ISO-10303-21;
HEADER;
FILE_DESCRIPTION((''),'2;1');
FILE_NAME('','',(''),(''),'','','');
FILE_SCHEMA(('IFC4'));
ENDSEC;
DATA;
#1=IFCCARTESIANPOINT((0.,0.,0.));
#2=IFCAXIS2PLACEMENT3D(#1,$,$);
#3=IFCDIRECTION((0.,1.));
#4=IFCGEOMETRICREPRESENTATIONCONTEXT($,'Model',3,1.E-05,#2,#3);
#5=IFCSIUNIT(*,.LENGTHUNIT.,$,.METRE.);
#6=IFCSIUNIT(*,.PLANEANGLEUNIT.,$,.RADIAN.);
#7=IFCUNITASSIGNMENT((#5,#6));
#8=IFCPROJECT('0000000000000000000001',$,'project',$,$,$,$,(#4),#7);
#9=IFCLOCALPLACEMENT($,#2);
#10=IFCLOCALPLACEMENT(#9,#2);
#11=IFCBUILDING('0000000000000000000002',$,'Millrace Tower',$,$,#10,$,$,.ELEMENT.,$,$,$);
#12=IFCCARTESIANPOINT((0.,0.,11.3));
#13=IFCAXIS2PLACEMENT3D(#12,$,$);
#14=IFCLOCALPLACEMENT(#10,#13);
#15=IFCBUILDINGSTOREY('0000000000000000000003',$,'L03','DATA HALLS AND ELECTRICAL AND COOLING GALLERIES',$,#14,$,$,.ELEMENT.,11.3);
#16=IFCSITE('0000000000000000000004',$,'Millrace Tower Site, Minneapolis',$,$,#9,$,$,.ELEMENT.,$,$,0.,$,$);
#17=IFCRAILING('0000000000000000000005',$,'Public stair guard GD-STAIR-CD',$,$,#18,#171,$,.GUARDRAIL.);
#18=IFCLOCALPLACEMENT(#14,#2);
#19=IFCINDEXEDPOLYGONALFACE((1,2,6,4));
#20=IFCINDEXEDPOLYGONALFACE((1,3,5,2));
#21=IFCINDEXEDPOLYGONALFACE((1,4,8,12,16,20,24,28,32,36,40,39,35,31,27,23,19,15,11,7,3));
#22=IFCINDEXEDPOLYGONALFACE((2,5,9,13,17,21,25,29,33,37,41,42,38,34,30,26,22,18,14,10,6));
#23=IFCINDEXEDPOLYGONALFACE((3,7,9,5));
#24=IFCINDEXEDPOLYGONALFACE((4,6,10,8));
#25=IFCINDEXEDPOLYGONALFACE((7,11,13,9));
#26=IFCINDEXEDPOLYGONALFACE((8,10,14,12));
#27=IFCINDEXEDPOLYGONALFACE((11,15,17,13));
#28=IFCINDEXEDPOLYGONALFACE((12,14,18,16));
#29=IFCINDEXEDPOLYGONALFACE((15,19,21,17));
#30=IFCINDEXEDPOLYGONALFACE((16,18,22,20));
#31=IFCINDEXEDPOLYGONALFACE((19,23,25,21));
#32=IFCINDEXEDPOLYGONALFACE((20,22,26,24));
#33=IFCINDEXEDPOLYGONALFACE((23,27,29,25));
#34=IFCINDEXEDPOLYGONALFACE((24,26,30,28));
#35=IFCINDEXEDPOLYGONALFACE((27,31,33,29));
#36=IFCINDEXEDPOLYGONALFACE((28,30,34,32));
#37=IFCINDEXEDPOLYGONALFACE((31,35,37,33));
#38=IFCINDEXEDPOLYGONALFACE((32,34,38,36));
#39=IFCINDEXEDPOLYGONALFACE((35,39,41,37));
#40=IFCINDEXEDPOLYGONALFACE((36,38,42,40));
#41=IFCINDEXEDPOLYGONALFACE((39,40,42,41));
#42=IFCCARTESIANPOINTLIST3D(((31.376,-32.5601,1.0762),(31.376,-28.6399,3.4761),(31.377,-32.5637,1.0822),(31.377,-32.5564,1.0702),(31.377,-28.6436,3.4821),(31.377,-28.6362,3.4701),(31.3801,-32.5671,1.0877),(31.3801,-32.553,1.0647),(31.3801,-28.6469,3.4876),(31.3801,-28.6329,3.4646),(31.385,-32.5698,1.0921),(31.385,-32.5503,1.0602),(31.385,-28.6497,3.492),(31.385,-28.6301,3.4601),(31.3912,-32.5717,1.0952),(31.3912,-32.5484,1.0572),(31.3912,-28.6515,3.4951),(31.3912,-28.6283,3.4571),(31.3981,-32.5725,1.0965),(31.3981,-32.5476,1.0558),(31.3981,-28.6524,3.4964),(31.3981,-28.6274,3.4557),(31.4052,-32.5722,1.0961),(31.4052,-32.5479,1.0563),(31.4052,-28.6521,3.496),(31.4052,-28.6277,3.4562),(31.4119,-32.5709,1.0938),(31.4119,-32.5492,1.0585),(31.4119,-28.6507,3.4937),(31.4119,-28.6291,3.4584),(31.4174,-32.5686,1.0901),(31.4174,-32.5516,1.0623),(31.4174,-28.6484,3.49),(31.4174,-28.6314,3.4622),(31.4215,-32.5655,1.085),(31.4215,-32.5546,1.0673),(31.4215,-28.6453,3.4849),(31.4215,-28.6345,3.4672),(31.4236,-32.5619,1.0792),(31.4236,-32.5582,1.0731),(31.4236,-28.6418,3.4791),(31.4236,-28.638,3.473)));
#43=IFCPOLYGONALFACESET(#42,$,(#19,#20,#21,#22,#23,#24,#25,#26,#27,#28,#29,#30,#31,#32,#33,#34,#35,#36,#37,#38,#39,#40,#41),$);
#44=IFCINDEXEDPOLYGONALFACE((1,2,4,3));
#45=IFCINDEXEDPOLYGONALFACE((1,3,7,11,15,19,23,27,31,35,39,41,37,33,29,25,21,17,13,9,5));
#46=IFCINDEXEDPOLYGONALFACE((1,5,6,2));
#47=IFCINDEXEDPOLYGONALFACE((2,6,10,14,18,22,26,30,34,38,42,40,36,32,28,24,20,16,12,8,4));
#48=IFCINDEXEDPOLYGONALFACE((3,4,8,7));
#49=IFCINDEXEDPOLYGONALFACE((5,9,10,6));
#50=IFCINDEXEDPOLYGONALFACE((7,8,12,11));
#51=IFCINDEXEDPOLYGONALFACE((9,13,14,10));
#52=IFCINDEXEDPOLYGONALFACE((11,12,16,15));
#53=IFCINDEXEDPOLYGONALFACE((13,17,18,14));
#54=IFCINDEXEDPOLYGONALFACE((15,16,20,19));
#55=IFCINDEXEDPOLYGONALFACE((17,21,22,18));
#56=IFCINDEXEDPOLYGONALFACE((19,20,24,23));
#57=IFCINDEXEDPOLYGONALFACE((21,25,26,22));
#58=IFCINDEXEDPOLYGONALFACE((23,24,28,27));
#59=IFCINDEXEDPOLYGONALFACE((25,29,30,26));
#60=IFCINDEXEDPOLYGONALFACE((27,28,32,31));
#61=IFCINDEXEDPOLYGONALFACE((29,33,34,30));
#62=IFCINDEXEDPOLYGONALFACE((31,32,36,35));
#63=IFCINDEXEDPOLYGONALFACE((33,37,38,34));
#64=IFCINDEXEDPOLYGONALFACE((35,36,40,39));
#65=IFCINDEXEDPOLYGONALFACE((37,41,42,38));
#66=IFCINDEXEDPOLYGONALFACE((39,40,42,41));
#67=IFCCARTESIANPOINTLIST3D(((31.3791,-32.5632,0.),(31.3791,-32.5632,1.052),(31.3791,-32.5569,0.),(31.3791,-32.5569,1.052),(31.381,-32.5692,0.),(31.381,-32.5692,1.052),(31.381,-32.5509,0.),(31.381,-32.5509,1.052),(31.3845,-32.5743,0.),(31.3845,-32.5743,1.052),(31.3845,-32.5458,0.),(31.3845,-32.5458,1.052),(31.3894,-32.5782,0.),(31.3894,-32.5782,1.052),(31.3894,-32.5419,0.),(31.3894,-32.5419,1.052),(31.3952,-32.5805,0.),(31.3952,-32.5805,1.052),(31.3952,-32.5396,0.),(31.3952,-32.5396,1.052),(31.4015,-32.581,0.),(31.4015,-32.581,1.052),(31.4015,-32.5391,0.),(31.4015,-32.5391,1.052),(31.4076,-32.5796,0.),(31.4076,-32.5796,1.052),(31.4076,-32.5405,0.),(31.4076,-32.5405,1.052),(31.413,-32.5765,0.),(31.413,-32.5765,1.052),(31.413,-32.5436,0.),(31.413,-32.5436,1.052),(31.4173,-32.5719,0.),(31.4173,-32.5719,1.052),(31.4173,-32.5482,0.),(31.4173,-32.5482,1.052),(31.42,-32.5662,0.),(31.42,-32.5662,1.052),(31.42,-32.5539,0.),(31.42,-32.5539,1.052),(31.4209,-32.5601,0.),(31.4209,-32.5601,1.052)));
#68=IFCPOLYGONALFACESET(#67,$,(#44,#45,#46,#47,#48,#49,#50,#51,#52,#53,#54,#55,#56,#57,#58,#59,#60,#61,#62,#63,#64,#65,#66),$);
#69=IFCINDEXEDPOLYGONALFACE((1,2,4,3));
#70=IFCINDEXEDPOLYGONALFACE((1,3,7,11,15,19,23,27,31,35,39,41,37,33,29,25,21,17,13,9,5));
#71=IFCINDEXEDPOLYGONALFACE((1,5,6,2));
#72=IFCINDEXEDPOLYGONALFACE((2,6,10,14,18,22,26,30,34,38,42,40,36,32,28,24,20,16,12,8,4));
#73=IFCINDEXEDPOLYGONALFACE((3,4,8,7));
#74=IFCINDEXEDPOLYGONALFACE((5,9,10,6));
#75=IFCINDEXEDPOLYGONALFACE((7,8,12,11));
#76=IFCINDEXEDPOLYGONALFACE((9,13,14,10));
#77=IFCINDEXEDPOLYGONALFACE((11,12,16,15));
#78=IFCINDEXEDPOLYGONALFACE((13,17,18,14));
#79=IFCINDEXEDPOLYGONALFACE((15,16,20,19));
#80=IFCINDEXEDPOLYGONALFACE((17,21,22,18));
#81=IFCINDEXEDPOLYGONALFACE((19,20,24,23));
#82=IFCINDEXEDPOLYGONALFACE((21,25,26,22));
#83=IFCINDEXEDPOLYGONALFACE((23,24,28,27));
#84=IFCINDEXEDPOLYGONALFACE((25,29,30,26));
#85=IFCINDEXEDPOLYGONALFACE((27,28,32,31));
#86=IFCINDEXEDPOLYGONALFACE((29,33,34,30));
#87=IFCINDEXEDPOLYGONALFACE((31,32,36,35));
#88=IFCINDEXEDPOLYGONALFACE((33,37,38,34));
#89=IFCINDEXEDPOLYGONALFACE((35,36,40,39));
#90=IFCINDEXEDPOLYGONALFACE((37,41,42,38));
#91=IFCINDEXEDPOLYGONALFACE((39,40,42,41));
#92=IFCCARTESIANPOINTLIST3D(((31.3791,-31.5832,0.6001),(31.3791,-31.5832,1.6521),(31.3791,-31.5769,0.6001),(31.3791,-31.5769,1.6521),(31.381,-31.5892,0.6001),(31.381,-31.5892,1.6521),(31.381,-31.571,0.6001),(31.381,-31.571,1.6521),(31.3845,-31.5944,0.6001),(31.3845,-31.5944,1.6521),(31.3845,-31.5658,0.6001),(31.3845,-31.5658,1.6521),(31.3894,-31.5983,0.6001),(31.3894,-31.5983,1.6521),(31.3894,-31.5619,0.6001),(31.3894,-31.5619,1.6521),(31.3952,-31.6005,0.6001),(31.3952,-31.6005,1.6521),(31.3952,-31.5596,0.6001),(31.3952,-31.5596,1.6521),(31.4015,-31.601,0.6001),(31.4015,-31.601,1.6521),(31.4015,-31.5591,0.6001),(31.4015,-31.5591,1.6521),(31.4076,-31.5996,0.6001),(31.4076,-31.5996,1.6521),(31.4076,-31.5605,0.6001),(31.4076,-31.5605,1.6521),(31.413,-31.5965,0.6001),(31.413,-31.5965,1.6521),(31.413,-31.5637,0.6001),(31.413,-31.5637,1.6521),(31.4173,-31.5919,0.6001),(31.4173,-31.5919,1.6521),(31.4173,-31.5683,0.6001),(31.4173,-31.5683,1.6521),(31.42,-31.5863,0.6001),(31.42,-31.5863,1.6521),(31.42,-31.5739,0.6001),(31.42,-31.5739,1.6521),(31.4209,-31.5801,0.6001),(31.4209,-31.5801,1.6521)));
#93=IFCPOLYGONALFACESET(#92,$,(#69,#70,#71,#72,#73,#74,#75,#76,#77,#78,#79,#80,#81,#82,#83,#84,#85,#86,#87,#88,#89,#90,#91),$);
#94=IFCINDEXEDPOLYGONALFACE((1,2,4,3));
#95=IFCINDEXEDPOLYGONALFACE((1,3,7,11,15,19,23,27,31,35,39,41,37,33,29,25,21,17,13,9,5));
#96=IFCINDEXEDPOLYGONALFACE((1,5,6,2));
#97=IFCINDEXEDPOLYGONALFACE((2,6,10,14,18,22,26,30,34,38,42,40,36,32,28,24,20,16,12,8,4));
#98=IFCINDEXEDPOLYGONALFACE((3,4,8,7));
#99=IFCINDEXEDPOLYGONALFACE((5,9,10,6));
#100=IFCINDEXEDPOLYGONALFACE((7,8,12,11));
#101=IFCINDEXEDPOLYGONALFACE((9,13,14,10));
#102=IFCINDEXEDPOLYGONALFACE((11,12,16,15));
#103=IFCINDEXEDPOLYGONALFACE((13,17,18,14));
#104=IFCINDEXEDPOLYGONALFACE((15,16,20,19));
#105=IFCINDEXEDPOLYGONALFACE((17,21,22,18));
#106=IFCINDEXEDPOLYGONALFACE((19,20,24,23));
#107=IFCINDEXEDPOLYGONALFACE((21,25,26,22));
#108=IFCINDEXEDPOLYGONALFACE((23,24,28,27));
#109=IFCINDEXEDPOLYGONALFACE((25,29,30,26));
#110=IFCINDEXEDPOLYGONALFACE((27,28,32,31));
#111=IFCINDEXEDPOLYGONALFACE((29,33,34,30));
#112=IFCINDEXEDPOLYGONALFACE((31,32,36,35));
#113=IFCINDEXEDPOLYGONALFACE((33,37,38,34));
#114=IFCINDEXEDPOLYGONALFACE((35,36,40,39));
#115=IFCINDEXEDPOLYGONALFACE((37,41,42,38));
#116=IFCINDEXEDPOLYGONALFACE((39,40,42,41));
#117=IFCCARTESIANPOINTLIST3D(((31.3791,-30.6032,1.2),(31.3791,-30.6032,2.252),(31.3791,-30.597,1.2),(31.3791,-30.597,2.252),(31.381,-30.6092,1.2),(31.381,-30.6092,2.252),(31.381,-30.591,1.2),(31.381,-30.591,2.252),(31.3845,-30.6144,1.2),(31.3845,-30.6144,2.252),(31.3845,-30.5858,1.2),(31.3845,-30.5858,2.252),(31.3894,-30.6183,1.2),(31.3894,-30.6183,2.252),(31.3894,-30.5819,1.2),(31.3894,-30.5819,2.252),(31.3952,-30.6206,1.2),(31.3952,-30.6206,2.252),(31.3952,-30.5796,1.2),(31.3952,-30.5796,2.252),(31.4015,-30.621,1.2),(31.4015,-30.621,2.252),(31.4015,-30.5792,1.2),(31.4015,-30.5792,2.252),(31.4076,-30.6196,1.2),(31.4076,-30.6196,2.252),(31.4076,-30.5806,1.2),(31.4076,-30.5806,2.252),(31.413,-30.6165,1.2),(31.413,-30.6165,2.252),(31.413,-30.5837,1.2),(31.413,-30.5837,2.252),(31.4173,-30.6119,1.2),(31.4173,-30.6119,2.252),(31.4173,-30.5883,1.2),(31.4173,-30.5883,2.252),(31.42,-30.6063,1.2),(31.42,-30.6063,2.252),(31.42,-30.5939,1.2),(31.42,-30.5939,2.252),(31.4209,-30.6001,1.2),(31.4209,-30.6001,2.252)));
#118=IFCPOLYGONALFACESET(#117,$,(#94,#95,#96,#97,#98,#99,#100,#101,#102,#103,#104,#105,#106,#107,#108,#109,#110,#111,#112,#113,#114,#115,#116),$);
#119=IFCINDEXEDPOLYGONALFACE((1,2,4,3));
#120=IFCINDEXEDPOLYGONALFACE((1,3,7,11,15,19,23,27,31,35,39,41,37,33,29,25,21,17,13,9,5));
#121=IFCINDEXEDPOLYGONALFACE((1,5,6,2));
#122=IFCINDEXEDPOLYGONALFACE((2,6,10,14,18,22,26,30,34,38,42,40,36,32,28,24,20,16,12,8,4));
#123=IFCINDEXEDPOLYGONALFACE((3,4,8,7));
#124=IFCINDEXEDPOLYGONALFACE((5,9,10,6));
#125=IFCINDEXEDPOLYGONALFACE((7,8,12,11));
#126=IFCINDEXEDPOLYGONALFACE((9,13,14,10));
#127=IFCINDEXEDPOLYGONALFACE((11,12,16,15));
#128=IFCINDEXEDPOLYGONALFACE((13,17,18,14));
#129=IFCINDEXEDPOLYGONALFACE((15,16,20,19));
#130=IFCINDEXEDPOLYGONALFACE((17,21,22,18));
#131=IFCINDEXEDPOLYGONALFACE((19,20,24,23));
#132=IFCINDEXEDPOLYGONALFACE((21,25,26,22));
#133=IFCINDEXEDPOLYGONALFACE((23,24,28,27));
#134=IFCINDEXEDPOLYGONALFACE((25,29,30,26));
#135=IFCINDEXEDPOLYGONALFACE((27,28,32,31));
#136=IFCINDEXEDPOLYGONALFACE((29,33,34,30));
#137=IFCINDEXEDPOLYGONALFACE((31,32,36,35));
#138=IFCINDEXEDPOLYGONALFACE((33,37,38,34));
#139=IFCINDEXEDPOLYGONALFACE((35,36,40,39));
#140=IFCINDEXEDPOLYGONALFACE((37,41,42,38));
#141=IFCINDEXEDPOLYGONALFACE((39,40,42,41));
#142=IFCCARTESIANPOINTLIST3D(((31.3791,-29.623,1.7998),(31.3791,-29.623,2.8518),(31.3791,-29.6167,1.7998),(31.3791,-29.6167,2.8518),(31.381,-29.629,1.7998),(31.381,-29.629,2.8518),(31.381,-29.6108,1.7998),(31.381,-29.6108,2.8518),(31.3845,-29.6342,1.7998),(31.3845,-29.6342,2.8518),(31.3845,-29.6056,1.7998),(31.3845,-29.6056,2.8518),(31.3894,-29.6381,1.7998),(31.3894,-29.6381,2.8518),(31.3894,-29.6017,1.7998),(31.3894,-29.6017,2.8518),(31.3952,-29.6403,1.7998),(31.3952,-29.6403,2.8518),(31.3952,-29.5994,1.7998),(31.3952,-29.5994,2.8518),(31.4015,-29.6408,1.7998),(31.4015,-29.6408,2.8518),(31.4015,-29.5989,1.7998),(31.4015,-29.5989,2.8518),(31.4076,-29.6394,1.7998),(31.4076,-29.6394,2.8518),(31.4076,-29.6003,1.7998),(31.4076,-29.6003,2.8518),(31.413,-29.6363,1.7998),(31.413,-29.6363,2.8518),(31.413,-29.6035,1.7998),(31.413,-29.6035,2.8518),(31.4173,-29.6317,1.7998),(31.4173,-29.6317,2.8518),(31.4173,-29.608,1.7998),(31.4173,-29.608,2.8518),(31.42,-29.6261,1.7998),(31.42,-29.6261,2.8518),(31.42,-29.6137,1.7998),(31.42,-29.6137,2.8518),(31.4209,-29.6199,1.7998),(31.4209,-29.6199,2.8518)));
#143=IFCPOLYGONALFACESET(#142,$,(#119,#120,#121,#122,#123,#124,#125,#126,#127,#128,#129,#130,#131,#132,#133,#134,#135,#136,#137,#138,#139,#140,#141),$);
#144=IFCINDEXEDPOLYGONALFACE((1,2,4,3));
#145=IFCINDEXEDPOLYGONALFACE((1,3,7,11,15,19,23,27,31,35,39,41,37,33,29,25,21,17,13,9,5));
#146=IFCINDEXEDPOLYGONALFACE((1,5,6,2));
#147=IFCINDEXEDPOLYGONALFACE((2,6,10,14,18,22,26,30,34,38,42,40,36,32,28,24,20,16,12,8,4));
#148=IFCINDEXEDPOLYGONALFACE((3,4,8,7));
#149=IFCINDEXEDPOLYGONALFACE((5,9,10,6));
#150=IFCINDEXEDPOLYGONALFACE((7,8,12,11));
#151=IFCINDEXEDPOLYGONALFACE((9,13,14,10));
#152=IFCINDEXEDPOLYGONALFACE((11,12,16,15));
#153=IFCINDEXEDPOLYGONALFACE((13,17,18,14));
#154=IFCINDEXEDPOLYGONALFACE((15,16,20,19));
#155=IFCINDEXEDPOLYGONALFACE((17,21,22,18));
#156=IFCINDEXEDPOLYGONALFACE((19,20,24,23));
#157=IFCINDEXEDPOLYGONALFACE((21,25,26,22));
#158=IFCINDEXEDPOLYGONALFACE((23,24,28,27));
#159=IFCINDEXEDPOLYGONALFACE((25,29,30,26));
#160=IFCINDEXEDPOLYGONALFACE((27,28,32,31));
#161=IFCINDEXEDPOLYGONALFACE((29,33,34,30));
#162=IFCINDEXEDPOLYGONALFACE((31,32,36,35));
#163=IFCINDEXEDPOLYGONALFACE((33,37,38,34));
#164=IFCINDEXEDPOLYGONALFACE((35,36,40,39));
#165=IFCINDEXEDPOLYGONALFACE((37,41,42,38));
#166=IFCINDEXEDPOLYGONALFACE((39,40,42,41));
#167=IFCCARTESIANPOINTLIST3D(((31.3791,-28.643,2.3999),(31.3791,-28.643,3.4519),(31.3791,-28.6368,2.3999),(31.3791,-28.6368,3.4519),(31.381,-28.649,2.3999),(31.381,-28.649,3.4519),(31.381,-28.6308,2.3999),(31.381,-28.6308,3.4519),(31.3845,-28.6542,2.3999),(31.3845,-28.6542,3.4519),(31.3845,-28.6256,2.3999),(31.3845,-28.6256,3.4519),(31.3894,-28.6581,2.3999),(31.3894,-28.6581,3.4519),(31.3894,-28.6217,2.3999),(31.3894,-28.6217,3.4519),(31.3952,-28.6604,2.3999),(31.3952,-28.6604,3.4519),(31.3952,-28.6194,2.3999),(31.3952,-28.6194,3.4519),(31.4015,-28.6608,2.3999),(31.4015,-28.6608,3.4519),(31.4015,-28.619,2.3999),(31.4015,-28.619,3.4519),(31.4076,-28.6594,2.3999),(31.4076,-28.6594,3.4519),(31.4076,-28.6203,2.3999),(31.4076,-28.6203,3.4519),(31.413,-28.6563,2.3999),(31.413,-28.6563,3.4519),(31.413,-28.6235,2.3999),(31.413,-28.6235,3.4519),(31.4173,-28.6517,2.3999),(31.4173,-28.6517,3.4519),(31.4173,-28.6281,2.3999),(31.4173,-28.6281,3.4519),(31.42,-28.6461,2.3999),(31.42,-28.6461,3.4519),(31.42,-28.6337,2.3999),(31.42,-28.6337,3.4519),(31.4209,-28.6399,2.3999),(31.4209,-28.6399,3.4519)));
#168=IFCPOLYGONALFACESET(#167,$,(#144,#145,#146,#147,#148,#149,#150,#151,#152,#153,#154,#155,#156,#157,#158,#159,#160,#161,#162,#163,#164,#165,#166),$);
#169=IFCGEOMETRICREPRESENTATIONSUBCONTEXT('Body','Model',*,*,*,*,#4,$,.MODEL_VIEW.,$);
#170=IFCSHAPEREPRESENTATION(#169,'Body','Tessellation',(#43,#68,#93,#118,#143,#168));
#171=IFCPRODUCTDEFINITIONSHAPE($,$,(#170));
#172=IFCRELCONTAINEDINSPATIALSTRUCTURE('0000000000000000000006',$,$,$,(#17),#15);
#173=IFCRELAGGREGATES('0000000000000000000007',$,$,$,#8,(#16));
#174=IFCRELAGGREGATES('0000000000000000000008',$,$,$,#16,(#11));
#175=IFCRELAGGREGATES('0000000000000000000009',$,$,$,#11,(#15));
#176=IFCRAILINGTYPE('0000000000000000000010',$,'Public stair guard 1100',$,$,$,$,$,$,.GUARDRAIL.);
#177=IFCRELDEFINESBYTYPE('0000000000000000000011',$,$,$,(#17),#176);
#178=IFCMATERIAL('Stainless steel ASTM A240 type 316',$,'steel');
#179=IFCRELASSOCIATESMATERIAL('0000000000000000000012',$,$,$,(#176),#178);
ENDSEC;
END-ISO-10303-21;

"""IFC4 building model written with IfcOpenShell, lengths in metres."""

from ifc_helpers import new_model, si_unit, direction, frame, origin, origin_2d, place, context, subcontext, project, spatial, circle, extrude, material, type_object, element, save


model = new_model("IFC4")

# Units and contexts
model_context = context("Model", 3, precision=1e-05, world=origin(), true_north=direction((0.0, 1.0)))
body_context = subcontext(model_context, "Body", "Model", "MODEL_VIEW")
ifc_project = project(units=[si_unit("LENGTHUNIT", "METRE"), si_unit("PLANEANGLEUNIT", "RADIAN")], contexts=[model_context])

# Site, building, storey
site_placement = place(None, origin())
site = spatial("IfcSite", under=ifc_project, at=site_placement, Name="Millrace Tower Site, Minneapolis", CompositionType="ELEMENT", RefElevation=0.0)
building_placement = place(site_placement, origin())
building = spatial("IfcBuilding", under=site, at=building_placement, Name="Millrace Tower", CompositionType="ELEMENT")
storey_placement = place(building_placement, frame((0.0, 0.0, 11.3)))
storey = spatial("IfcBuildingStorey", under=building, at=storey_placement, Name="L03", Description="DATA HALLS AND ELECTRICAL AND COOLING GALLERIES", CompositionType="ELEMENT", Elevation=11.3)

# Railing
ifc_material_1 = material(Name="Stainless steel ASTM A240 type 316", Category="steel")
railing_type_1 = type_object("IfcRailingType", Name="Public stair guard 1100", PredefinedType="GUARDRAIL", material=ifc_material_1)
placement_1 = place(storey_placement, frame((31.3999, -32.5601, 0.0)))
element("IfcRailing", 1, at=placement_1, inside=storey, type_object=railing_type_1, Name="Public stair guard GD-STAIR-CD", PredefinedType="GUARDRAIL", context=body_context, shape_type="SweptSolid", body=[
    extrude(circle(Radius=0.0239, at=origin_2d()), frame((0.0, 0.0, 1.0762), z_axis=(0.0, 0.852871, 0.522122), x_axis=(-1.0, 0.0, 0.0)), (0.0, 0.0, 1.0), 4.5964),
    extrude(circle(Radius=0.021, at=origin_2d()), origin(), (0.0, 0.0, 1.0), 1.052),
    extrude(circle(Radius=0.021, at=origin_2d()), frame((0.0, 0.98, 0.6001)), (0.0, 0.0, 1.0), 1.052),
    extrude(circle(Radius=0.021, at=origin_2d()), frame((0.0, 1.96, 1.2)), (0.0, 0.0, 1.0), 1.052),
    extrude(circle(Radius=0.021, at=origin_2d()), frame((0.0, 2.9402, 1.7998)), (0.0, 0.0, 1.0), 1.052),
    extrude(circle(Radius=0.021, at=origin_2d()), frame((0.0, 3.9202, 2.3999)), (0.0, 0.0, 1.0), 1.052),
])

save(model, "model.ifc")
